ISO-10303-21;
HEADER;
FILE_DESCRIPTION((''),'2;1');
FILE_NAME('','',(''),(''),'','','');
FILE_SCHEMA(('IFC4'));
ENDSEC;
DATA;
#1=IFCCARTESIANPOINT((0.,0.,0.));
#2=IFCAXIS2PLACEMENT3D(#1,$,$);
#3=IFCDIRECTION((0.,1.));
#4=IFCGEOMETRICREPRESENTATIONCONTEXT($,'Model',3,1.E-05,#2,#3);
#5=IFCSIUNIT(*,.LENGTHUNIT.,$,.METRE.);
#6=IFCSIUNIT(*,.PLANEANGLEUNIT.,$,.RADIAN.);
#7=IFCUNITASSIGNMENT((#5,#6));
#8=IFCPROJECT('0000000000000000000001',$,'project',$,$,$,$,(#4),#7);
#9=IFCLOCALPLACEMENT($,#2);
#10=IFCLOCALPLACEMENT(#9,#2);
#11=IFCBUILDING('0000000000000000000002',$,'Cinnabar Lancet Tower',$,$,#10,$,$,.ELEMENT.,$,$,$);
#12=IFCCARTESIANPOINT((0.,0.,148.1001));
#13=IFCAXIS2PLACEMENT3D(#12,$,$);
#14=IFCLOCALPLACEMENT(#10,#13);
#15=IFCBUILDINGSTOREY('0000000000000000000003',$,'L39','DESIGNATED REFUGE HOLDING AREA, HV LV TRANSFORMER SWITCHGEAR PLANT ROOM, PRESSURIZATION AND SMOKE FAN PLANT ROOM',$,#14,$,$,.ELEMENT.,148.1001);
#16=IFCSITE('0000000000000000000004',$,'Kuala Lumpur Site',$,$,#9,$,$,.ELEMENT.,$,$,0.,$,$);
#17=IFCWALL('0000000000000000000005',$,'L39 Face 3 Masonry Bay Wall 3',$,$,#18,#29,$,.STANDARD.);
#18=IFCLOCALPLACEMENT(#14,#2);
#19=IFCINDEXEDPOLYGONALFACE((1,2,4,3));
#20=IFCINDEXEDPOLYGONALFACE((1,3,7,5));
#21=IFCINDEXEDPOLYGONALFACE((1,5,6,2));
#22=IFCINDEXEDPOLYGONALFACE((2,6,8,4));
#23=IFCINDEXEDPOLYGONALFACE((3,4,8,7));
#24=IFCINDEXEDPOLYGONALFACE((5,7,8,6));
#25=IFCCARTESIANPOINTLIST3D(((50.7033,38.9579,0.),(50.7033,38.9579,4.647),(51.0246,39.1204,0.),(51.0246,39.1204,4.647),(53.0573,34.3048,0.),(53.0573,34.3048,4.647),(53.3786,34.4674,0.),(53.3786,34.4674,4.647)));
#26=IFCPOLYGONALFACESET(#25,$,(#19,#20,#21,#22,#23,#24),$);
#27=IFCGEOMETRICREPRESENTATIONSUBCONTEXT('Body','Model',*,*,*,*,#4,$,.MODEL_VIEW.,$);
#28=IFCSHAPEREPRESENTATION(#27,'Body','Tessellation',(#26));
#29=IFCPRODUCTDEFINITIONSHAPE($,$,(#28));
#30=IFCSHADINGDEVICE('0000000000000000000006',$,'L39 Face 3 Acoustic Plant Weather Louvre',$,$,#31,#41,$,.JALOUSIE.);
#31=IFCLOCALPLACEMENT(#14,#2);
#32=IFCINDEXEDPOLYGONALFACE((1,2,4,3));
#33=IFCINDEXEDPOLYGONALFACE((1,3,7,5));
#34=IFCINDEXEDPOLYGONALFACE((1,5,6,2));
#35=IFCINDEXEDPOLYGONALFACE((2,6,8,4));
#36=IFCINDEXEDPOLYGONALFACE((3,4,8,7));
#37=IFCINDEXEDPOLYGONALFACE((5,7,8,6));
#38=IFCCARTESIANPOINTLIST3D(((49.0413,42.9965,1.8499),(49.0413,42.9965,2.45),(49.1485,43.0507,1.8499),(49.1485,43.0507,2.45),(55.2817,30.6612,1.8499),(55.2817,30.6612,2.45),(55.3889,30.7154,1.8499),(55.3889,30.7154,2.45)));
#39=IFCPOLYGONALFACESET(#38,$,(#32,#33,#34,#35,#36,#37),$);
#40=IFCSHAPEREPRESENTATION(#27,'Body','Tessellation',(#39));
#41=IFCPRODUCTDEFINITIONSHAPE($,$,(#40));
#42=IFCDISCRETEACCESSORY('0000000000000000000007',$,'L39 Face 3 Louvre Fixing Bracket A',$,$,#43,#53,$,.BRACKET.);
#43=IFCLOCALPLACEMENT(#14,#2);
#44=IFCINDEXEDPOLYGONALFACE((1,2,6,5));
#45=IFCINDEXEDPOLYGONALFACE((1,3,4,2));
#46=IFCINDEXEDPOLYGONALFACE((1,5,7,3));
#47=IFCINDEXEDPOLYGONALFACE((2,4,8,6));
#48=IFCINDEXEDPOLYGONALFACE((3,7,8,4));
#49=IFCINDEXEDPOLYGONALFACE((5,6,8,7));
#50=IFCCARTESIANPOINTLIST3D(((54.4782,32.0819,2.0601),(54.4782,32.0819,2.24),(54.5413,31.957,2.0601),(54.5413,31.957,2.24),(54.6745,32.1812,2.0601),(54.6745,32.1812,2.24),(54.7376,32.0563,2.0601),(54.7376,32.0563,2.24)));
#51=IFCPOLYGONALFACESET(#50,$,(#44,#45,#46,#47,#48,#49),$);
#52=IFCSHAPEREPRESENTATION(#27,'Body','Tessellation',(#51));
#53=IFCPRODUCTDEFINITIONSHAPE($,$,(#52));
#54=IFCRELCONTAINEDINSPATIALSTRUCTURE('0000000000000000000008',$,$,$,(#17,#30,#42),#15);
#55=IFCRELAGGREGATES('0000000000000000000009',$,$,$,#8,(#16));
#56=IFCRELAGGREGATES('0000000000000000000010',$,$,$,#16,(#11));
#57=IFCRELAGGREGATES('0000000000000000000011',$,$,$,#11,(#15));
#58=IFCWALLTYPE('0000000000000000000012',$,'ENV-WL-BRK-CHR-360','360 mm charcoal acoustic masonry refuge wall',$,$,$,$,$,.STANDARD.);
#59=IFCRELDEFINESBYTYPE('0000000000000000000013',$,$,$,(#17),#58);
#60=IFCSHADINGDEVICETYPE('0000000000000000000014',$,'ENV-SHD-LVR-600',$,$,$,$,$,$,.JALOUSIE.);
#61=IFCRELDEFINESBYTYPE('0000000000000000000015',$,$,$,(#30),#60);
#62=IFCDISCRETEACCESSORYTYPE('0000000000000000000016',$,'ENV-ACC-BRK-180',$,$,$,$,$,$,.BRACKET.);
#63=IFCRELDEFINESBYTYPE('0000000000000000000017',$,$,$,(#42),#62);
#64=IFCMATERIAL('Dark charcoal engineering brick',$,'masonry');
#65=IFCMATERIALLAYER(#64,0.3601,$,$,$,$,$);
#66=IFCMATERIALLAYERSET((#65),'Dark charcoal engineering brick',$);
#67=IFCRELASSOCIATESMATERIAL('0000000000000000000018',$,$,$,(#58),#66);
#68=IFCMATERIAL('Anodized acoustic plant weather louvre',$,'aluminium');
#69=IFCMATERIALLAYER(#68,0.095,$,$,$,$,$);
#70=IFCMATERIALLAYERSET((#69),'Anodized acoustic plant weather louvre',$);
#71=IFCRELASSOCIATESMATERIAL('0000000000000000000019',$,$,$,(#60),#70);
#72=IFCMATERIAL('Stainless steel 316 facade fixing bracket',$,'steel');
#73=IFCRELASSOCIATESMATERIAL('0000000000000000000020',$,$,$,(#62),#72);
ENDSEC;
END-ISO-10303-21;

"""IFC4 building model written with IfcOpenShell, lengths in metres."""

from ifc_helpers import new_model, si_unit, direction, frame, frame_2d, origin, origin_2d, place, context, subcontext, project, spatial, rectangle, extrude, material, layer, layer_set, type_object, element, save


model = new_model("IFC4")

# Units and contexts
model_context = context("Model", 3, precision=1e-05, world=origin(), true_north=direction((0.0, 1.0)))
body_context = subcontext(model_context, "Body", "Model", "MODEL_VIEW")
ifc_project = project(units=[si_unit("LENGTHUNIT", "METRE"), si_unit("PLANEANGLEUNIT", "RADIAN")], contexts=[model_context])

# Site, building, storey
site_placement = place(None, origin())
site = spatial("IfcSite", under=ifc_project, at=site_placement, Name="Kuala Lumpur Site", CompositionType="ELEMENT", RefElevation=0.0)
building_placement = place(site_placement, origin())
building = spatial("IfcBuilding", under=site, at=building_placement, Name="Cinnabar Lancet Tower", CompositionType="ELEMENT")
storey_placement = place(building_placement, frame((0.0, 0.0, 148.1001)))
storey = spatial("IfcBuildingStorey", under=building, at=storey_placement, Name="L39", Description="DESIGNATED REFUGE HOLDING AREA, HV LV TRANSFORMER SWITCHGEAR PLANT ROOM, PRESSURIZATION AND SMOKE FAN PLANT ROOM", CompositionType="ELEMENT", Elevation=148.1001)

# Wall
ifc_material_1 = material(Name="Dark charcoal engineering brick", Category="masonry")
ifc_layer_1 = layer(ifc_material_1, 0.3601)
ifc_layer_set_1 = layer_set([ifc_layer_1], Name="Dark charcoal engineering brick")
wall_type_1 = type_object("IfcWallType", Name="ENV-WL-BRK-CHR-360", Description="360 mm charcoal acoustic masonry refuge wall", PredefinedType="STANDARD", material=ifc_layer_set_1)
wall_1_placement = place(storey_placement, frame((53.218, 34.386, 0.0), z_axis=(0.0, 0.0, 1.0), x_axis=(-0.451422, 0.89231, 0.0)))
element("IfcWall", 1, at=wall_1_placement, inside=storey, type_object=wall_type_1, Name="L39 Face 3 Masonry Bay Wall 3", PredefinedType="STANDARD", context=body_context, shape_type="SweptSolid", body=[
    extrude(rectangle(XDim=5.2146, YDim=0.3601, at=frame_2d((2.6074, 0.0))), origin(), (0.0, 0.0, 1.0), 4.647),
])

# Shading device
ifc_material_2 = material(Name="Anodized acoustic plant weather louvre", Category="aluminium")
ifc_layer_2 = layer(ifc_material_2, 0.095)
ifc_layer_set_2 = layer_set([ifc_layer_2], Name="Anodized acoustic plant weather louvre")
shading_device_type = type_object("IfcShadingDeviceType", Name="ENV-SHD-LVR-600", PredefinedType="JALOUSIE", material=ifc_layer_set_2)
shading_device_placement = place(storey_placement, frame((52.2151, 36.856, 1.8499), z_axis=(0.0, 0.0, 1.0), x_axis=(-0.451423, 0.89231, 0.0)))
element("IfcShadingDevice", 2, at=shading_device_placement, inside=storey, type_object=shading_device_type, Name="L39 Face 3 Acoustic Plant Weather Louvre", PredefinedType="JALOUSIE", context=body_context, shape_type="SweptSolid", body=[
    extrude(rectangle(XDim=13.824, YDim=0.1201, at=origin_2d()), origin(), (0.0, 0.0, 1.0), 0.6001),
])

# Discrete accessory
ifc_material_3 = material(Name="Stainless steel 316 facade fixing bracket", Category="steel")
discrete_accessory_type = type_object("IfcDiscreteAccessoryType", Name="ENV-ACC-BRK-180", PredefinedType="BRACKET", material=ifc_material_3)
discrete_accessory_placement = place(storey_placement, frame((54.6079, 32.0691, 2.0601), z_axis=(0.0, 0.0, 1.0), x_axis=(-0.451423, 0.89231, 0.0)))
element("IfcDiscreteAccessory", 3, at=discrete_accessory_placement, inside=storey, type_object=discrete_accessory_type, Name="L39 Face 3 Louvre Fixing Bracket A", PredefinedType="BRACKET", context=body_context, shape_type="SweptSolid", body=[
    extrude(rectangle(XDim=0.1399, YDim=0.22, at=origin_2d()), origin(), (0.0, 0.0, 1.0), 0.1799),
])

save(model, "model.ifc")
